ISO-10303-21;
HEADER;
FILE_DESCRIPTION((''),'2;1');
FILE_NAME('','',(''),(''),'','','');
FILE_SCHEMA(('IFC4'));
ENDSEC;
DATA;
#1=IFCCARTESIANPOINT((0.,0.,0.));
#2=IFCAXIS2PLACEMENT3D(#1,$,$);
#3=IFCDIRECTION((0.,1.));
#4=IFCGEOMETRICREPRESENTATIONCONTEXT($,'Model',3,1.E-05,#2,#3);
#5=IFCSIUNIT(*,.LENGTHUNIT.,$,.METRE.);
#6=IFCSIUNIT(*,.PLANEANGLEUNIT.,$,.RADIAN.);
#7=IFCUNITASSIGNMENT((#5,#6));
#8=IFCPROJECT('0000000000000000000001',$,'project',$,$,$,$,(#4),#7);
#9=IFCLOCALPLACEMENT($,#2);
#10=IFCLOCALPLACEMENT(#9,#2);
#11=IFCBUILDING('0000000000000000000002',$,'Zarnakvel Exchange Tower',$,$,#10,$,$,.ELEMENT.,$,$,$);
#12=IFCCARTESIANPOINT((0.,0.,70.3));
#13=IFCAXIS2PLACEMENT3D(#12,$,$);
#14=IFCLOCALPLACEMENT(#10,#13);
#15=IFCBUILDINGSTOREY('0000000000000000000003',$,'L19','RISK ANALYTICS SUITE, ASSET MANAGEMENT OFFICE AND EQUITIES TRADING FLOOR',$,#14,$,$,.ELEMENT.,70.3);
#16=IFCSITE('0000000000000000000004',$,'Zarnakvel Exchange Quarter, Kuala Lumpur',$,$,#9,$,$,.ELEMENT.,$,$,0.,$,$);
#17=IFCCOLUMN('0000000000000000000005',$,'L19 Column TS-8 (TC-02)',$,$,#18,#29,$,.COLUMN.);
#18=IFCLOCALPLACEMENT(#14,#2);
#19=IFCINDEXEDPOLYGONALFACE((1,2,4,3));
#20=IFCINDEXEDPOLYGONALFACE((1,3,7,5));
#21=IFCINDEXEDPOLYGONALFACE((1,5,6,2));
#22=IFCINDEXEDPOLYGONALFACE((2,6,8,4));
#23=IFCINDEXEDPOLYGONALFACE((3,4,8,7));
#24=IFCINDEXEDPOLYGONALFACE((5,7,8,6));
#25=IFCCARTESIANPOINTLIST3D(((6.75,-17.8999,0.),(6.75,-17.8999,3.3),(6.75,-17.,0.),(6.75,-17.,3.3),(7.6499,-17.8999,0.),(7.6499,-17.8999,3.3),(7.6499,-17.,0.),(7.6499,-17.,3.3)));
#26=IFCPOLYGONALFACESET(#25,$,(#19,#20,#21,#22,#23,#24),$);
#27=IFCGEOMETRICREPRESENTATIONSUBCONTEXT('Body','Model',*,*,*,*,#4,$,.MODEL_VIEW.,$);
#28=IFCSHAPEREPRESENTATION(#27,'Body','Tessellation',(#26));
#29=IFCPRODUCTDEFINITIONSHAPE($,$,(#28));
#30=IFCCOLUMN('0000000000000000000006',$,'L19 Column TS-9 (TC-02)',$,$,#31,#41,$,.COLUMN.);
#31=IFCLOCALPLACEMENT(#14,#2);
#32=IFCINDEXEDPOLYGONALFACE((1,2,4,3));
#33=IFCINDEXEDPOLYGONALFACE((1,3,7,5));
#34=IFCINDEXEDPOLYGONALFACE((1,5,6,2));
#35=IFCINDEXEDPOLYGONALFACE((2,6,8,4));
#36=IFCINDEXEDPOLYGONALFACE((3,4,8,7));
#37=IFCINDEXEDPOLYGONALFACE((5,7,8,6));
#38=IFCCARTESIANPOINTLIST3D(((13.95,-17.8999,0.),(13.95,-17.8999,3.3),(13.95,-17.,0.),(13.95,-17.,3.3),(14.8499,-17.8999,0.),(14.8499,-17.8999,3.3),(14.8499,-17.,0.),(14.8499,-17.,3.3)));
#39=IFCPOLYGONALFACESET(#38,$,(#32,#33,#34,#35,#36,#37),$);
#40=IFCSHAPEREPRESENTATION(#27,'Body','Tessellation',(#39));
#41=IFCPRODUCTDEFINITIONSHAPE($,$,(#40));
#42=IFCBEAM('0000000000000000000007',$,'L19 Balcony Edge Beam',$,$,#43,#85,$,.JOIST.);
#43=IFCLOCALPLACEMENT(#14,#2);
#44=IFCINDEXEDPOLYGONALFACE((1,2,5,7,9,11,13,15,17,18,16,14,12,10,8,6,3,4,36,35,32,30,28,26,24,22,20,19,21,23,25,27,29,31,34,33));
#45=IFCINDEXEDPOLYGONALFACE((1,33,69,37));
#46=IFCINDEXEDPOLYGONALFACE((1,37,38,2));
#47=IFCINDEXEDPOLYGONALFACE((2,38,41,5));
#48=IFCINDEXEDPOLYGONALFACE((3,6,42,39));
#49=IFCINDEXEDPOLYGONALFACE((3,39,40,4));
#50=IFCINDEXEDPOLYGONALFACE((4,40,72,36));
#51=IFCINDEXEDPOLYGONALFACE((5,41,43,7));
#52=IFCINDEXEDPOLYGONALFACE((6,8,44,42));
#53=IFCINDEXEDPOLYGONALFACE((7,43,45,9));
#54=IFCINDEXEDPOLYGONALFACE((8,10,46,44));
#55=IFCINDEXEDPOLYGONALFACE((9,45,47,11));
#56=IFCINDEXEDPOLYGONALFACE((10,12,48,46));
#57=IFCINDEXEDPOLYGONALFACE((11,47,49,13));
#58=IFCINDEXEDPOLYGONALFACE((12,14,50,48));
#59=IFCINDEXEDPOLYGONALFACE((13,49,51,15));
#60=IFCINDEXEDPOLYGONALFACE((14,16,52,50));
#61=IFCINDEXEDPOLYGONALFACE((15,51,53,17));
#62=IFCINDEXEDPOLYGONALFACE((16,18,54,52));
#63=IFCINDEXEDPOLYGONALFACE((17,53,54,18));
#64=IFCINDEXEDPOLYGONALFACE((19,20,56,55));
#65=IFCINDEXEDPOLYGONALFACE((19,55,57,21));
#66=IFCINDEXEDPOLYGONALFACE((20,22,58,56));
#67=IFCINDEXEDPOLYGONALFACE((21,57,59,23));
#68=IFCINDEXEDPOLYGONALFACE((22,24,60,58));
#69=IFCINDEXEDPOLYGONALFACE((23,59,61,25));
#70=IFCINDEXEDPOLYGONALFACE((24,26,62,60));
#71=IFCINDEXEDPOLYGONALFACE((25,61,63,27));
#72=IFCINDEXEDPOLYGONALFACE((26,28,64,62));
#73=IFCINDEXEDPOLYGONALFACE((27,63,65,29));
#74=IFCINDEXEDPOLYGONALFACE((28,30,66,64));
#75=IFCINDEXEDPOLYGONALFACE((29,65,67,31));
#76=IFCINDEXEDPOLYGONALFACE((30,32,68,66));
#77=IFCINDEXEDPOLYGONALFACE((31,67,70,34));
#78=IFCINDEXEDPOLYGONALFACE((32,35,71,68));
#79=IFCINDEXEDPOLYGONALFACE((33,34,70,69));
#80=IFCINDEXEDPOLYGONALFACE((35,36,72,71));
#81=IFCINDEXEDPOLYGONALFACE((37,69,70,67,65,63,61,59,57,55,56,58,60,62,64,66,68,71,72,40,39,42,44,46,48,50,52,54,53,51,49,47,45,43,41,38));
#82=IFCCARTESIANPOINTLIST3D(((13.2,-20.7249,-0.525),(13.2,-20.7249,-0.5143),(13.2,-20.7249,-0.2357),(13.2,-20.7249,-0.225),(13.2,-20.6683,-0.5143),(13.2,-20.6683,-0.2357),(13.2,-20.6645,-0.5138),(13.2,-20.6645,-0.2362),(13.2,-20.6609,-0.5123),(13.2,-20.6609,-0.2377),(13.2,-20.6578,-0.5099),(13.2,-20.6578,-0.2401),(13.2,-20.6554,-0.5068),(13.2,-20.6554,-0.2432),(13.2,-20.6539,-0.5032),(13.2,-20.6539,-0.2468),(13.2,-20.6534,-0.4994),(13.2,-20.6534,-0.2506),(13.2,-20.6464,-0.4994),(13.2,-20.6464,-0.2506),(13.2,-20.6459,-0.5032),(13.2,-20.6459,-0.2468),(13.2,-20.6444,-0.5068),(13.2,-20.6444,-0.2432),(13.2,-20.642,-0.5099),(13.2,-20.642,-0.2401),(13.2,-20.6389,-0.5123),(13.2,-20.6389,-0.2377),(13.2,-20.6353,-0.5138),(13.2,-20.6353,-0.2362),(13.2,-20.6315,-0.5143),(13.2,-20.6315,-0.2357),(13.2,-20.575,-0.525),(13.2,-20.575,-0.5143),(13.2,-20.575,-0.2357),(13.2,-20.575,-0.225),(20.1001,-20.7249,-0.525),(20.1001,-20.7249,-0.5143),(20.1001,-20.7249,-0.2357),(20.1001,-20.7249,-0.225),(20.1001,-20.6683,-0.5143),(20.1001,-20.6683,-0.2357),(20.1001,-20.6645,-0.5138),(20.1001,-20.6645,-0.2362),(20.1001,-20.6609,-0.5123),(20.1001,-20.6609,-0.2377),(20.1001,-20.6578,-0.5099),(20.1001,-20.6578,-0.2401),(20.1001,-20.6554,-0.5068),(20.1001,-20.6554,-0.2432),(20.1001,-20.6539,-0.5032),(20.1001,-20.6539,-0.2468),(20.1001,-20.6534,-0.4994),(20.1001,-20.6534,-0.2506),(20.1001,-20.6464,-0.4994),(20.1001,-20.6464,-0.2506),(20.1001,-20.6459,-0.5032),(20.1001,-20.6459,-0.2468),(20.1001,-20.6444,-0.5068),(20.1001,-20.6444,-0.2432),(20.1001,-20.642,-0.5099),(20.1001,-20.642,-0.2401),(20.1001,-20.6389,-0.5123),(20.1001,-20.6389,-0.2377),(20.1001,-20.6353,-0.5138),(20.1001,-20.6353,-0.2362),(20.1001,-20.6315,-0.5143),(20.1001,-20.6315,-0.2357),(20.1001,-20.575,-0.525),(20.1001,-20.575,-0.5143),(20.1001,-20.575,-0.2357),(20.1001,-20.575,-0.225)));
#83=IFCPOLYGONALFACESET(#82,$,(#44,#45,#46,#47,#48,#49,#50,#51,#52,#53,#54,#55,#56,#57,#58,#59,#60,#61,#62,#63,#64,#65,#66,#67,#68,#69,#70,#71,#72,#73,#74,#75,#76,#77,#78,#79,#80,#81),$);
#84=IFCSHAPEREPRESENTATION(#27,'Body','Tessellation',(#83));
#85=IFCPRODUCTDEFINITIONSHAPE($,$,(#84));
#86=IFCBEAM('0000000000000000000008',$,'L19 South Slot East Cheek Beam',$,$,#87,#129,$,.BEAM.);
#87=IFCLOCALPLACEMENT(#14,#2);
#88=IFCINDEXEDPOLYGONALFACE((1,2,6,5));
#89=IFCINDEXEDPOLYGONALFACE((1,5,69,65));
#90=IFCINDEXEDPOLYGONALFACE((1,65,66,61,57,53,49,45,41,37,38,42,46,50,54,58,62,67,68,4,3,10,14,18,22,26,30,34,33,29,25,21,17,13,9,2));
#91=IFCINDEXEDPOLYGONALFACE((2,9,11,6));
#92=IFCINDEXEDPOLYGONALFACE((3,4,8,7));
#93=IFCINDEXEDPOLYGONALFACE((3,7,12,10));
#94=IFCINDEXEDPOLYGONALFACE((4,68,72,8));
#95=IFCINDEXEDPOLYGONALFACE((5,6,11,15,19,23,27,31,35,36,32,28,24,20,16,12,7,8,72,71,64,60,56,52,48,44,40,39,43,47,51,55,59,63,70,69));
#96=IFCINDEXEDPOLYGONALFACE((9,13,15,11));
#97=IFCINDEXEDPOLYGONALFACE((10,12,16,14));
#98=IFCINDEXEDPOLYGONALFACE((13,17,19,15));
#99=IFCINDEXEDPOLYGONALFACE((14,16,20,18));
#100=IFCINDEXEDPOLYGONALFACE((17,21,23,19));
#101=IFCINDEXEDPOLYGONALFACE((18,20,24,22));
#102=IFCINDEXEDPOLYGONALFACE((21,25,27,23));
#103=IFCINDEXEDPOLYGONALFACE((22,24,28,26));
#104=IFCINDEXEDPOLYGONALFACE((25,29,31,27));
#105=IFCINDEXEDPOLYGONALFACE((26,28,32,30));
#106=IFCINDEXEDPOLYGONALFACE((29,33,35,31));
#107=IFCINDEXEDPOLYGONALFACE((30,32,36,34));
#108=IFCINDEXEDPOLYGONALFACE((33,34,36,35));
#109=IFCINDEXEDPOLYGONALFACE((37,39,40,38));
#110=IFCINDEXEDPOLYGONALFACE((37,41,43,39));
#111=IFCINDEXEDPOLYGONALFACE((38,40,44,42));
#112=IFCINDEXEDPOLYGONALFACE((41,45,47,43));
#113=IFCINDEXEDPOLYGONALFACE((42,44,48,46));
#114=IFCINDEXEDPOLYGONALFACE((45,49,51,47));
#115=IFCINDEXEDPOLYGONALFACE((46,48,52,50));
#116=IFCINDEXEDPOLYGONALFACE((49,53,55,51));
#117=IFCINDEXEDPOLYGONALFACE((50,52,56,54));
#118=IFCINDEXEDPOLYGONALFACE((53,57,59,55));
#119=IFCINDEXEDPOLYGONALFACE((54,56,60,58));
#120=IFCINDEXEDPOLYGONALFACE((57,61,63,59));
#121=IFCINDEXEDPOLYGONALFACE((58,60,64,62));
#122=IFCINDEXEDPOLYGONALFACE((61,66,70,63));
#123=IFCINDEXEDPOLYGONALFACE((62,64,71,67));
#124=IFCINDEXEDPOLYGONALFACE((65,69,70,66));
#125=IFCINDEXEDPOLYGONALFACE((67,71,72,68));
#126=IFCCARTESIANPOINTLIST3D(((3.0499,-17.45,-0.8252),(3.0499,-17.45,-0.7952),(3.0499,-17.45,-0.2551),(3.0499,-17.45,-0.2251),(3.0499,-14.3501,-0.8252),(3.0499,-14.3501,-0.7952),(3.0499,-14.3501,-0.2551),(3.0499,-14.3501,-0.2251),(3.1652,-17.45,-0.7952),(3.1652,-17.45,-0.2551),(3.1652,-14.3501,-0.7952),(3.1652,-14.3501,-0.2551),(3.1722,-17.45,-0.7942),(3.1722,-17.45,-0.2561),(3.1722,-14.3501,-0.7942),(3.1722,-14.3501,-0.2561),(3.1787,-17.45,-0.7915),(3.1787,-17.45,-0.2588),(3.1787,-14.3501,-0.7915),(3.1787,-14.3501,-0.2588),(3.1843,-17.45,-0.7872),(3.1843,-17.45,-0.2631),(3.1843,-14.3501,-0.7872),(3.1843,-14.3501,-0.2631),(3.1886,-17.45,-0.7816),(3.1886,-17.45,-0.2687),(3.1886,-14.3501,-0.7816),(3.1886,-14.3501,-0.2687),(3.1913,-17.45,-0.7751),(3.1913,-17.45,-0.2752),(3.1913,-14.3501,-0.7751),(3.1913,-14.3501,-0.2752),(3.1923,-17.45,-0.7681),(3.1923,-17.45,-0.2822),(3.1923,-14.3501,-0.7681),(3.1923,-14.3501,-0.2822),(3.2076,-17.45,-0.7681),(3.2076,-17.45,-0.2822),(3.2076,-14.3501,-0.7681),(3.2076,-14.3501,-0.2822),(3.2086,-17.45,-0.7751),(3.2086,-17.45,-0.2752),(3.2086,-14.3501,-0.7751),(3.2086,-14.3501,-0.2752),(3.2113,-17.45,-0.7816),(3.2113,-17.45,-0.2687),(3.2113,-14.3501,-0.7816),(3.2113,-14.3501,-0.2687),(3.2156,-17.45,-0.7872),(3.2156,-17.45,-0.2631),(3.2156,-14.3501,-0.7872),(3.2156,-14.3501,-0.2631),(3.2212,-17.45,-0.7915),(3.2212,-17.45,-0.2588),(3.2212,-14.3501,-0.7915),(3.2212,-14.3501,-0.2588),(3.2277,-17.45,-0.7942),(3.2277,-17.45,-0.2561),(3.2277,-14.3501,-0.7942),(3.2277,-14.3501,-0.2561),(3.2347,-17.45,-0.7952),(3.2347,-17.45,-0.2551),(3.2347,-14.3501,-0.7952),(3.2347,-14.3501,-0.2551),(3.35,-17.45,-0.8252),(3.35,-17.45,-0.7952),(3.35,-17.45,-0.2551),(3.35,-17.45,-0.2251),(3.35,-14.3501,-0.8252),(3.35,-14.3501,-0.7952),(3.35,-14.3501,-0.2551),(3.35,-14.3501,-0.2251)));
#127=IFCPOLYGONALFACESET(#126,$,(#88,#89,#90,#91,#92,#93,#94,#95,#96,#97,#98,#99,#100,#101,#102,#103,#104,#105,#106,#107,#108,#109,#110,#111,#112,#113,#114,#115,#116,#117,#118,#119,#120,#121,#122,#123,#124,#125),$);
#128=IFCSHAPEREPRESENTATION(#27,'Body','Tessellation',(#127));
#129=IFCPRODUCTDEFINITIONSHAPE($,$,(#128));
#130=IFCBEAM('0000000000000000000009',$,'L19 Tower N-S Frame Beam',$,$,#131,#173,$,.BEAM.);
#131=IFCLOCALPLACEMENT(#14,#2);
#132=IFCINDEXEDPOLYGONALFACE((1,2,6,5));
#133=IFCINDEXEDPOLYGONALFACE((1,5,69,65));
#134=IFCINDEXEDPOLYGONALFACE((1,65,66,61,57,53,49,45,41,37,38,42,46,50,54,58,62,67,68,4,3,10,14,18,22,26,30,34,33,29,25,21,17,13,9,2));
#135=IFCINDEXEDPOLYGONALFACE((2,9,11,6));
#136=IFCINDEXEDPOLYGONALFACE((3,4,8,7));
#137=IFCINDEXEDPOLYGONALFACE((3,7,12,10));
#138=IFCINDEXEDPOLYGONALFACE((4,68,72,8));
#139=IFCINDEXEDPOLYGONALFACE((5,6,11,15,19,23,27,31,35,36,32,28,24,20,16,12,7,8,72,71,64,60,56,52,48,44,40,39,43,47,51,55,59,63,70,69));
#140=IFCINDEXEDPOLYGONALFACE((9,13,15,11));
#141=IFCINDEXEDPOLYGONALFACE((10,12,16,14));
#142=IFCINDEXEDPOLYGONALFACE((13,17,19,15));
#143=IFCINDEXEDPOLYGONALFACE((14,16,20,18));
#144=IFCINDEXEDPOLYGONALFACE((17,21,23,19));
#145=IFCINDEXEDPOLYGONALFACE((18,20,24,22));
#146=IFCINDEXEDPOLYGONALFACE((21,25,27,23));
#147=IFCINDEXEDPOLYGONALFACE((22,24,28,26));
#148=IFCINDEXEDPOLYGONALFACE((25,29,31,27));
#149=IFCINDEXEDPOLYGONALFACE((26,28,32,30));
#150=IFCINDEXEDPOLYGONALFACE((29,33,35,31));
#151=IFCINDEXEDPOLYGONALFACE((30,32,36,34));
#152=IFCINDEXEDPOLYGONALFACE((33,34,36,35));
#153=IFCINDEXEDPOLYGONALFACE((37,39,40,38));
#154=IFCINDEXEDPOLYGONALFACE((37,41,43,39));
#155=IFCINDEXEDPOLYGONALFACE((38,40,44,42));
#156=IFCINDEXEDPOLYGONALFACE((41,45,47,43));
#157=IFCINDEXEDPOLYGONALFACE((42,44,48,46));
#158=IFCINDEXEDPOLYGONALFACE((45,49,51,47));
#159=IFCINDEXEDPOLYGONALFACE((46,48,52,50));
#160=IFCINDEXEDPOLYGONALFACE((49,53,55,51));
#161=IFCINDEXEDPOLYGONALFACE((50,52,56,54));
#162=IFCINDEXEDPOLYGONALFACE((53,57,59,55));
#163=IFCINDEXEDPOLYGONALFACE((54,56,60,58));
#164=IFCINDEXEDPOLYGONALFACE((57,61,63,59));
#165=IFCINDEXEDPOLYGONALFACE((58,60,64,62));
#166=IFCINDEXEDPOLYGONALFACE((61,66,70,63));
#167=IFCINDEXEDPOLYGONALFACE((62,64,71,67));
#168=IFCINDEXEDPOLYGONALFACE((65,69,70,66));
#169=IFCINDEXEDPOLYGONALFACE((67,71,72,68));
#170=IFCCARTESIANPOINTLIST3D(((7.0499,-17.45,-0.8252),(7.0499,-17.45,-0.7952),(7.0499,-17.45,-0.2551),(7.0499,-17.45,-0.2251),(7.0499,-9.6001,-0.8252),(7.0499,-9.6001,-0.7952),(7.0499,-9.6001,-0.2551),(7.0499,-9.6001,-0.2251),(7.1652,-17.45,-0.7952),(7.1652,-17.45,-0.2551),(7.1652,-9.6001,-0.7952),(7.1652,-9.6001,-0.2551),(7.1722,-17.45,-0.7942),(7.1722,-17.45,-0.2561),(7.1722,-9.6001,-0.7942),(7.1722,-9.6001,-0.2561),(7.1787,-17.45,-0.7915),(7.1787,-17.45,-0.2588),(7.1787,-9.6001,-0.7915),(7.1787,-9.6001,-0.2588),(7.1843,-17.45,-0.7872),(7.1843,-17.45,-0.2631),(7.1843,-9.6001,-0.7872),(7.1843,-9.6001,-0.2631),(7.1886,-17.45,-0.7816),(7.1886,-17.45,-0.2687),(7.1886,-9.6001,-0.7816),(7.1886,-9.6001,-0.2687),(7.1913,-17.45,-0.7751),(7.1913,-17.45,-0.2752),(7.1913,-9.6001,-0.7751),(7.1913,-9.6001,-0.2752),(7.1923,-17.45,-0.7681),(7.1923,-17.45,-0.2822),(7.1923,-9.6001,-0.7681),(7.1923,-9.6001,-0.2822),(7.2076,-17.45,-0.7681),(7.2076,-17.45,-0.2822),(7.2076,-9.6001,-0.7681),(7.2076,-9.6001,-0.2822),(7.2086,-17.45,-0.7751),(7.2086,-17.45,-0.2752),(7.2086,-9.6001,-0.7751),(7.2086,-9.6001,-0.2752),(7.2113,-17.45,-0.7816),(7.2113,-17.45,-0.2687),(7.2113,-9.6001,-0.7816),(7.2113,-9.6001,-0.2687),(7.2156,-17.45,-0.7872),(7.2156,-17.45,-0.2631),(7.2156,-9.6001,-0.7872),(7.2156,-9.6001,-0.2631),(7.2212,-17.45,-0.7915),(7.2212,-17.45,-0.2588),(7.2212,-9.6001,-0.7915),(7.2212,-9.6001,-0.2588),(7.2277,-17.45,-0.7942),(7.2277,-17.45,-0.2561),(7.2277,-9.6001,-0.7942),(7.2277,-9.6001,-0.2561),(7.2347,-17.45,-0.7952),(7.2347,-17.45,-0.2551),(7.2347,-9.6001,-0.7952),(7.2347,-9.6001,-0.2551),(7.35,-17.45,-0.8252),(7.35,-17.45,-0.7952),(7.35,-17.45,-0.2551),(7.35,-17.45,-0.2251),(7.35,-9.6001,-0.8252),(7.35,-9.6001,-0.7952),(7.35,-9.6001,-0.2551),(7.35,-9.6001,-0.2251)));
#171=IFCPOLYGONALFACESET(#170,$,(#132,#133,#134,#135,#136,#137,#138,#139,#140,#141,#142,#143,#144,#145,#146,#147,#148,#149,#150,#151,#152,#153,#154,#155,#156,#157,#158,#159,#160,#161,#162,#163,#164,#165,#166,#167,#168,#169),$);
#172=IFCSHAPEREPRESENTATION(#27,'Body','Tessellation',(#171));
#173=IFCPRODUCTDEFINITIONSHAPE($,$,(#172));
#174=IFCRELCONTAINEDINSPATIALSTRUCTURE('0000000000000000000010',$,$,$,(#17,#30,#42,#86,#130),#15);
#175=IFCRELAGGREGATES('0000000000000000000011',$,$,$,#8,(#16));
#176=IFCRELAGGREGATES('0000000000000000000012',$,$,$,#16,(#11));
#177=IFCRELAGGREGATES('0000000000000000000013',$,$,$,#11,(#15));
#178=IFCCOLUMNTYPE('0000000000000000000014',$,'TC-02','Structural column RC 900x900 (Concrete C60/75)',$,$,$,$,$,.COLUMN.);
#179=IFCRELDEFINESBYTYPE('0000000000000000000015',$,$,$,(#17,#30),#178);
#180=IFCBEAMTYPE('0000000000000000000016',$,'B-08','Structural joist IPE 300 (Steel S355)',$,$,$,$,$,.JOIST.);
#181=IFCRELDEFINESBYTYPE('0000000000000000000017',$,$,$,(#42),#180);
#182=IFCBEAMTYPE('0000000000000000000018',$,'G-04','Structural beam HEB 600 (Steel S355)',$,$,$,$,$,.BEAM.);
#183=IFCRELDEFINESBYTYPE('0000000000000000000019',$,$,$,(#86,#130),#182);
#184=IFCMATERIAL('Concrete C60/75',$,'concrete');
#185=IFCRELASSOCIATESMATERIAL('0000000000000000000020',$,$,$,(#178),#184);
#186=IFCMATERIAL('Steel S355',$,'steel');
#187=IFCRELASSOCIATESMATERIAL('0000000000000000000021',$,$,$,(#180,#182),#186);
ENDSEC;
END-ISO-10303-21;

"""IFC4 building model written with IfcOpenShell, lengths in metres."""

from ifc_helpers import new_model, si_unit, direction, frame, origin, origin_2d, place, context, subcontext, project, spatial, rectangle, i_section, extrude, material, material_profile, profile_set, type_object, element, save


model = new_model("IFC4")

# Units and contexts
model_context = context("Model", 3, precision=1e-05, world=origin(), true_north=direction((0.0, 1.0)))
body_context = subcontext(model_context, "Body", "Model", "MODEL_VIEW")
ifc_project = project(units=[si_unit("LENGTHUNIT", "METRE"), si_unit("PLANEANGLEUNIT", "RADIAN")], contexts=[model_context])

# Site, building, storey
site_placement = place(None, origin())
site = spatial("IfcSite", under=ifc_project, at=site_placement, Name="Zarnakvel Exchange Quarter, Kuala Lumpur", CompositionType="ELEMENT", RefElevation=0.0)
building_placement = place(site_placement, origin())
building = spatial("IfcBuilding", under=site, at=building_placement, Name="Zarnakvel Exchange Tower", CompositionType="ELEMENT")
storey_placement = place(building_placement, frame((0.0, 0.0, 70.3)))
storey = spatial("IfcBuildingStorey", under=building, at=storey_placement, Name="L19", Description="RISK ANALYTICS SUITE, ASSET MANAGEMENT OFFICE AND EQUITIES TRADING FLOOR", CompositionType="ELEMENT", Elevation=70.3)

# Columns
ifc_material_1 = material(Name="Concrete C60/75", Category="concrete")
ifc_material_profile_1 = material_profile(ifc_material_1, rectangle(XDim=0.8999, YDim=0.8999, at=origin_2d()))
ifc_profile_set_1 = profile_set([ifc_material_profile_1], Name="Concrete C60/75")
column_type = type_object("IfcColumnType", Name="TC-02", Description="Structural column RC 900x900 (Concrete C60/75)", PredefinedType="COLUMN", material=ifc_profile_set_1)
for number, where, z_axis, x_axis, name in (
    (1, (7.2, -17.45, 0.0), (0.0, 0.0, 1.0), (1.0, 0.0, 0.0), "L19 Column TS-8 (TC-02)"),
    (2, (14.3999, -17.45, 0.0), (0.0, 0.0, 1.0), (1.0, 0.0, 0.0), "L19 Column TS-9 (TC-02)"),
):
    element("IfcColumn", number, at=place(storey_placement, frame(where, z_axis=z_axis, x_axis=x_axis)), inside=storey, type_object=column_type, Name=name, PredefinedType="COLUMN", context=body_context, shape_type="SweptSolid", body=[
        extrude(rectangle(XDim=0.8999, YDim=0.8999, at=origin_2d()), origin(), (0.0, 0.0, 1.0), 3.3),
    ])

# Beams
ifc_material_2 = material(Name="Steel S355", Category="steel")
ifc_material_profile_2 = material_profile(ifc_material_2, i_section(OverallWidth=0.1499, OverallDepth=0.3, WebThickness=0.0071, FlangeThickness=0.0107, FilletRadius=0.0149, at=origin_2d()))
ifc_profile_set_2 = profile_set([ifc_material_profile_2], Name="Steel S355")
beam_type_1 = type_object("IfcBeamType", Name="B-08", Description="Structural joist IPE 300 (Steel S355)", PredefinedType="JOIST", material=ifc_profile_set_2)
beam_1_placement = place(storey_placement, frame((13.2, -20.6499, -0.375), z_axis=(1.0, 0.0, 0.0), x_axis=(0.0, 1.0, 0.0)))
element("IfcBeam", 3, at=beam_1_placement, inside=storey, type_object=beam_type_1, Name="L19 Balcony Edge Beam", PredefinedType="JOIST", context=body_context, shape_type="SweptSolid", body=[
    extrude(i_section(OverallWidth=0.1499, OverallDepth=0.3, WebThickness=0.0071, FlangeThickness=0.0107, FilletRadius=0.0149, at=origin_2d()), origin(), (0.0, 0.0, 1.0), 6.9001),
])
ifc_material_profile_3 = material_profile(ifc_material_2, i_section(OverallWidth=0.3, OverallDepth=0.6001, WebThickness=0.0154, FlangeThickness=0.03, FilletRadius=0.0271, at=origin_2d()))
ifc_profile_set_3 = profile_set([ifc_material_profile_3], Name="Steel S355")
beam_type_2 = type_object("IfcBeamType", Name="G-04", Description="Structural beam HEB 600 (Steel S355)", PredefinedType="BEAM", material=ifc_profile_set_3)
beam_2_placement = place(storey_placement, frame((3.2, -17.45, -0.5251), z_axis=(0.0, 1.0, 0.0), x_axis=(-1.0, 0.0, 0.0)))
element("IfcBeam", 4, at=beam_2_placement, inside=storey, type_object=beam_type_2, Name="L19 South Slot East Cheek Beam", PredefinedType="BEAM", context=body_context, shape_type="SweptSolid", body=[
    extrude(i_section(OverallWidth=0.3, OverallDepth=0.6001, WebThickness=0.0154, FlangeThickness=0.03, FilletRadius=0.0271, at=origin_2d()), origin(), (0.0, 0.0, 1.0), 3.0999),
])
beam_3_placement = place(storey_placement, frame((7.2, -17.45, -0.5251), z_axis=(0.0, 1.0, 0.0), x_axis=(-1.0, 0.0, 0.0)))
element("IfcBeam", 5, at=beam_3_placement, inside=storey, type_object=beam_type_2, Name="L19 Tower N-S Frame Beam", PredefinedType="BEAM", context=body_context, shape_type="SweptSolid", body=[
    extrude(i_section(OverallWidth=0.3, OverallDepth=0.6001, WebThickness=0.0154, FlangeThickness=0.03, FilletRadius=0.0271, at=origin_2d()), origin(), (0.0, 0.0, 1.0), 7.8499),
])

save(model, "model.ifc")
